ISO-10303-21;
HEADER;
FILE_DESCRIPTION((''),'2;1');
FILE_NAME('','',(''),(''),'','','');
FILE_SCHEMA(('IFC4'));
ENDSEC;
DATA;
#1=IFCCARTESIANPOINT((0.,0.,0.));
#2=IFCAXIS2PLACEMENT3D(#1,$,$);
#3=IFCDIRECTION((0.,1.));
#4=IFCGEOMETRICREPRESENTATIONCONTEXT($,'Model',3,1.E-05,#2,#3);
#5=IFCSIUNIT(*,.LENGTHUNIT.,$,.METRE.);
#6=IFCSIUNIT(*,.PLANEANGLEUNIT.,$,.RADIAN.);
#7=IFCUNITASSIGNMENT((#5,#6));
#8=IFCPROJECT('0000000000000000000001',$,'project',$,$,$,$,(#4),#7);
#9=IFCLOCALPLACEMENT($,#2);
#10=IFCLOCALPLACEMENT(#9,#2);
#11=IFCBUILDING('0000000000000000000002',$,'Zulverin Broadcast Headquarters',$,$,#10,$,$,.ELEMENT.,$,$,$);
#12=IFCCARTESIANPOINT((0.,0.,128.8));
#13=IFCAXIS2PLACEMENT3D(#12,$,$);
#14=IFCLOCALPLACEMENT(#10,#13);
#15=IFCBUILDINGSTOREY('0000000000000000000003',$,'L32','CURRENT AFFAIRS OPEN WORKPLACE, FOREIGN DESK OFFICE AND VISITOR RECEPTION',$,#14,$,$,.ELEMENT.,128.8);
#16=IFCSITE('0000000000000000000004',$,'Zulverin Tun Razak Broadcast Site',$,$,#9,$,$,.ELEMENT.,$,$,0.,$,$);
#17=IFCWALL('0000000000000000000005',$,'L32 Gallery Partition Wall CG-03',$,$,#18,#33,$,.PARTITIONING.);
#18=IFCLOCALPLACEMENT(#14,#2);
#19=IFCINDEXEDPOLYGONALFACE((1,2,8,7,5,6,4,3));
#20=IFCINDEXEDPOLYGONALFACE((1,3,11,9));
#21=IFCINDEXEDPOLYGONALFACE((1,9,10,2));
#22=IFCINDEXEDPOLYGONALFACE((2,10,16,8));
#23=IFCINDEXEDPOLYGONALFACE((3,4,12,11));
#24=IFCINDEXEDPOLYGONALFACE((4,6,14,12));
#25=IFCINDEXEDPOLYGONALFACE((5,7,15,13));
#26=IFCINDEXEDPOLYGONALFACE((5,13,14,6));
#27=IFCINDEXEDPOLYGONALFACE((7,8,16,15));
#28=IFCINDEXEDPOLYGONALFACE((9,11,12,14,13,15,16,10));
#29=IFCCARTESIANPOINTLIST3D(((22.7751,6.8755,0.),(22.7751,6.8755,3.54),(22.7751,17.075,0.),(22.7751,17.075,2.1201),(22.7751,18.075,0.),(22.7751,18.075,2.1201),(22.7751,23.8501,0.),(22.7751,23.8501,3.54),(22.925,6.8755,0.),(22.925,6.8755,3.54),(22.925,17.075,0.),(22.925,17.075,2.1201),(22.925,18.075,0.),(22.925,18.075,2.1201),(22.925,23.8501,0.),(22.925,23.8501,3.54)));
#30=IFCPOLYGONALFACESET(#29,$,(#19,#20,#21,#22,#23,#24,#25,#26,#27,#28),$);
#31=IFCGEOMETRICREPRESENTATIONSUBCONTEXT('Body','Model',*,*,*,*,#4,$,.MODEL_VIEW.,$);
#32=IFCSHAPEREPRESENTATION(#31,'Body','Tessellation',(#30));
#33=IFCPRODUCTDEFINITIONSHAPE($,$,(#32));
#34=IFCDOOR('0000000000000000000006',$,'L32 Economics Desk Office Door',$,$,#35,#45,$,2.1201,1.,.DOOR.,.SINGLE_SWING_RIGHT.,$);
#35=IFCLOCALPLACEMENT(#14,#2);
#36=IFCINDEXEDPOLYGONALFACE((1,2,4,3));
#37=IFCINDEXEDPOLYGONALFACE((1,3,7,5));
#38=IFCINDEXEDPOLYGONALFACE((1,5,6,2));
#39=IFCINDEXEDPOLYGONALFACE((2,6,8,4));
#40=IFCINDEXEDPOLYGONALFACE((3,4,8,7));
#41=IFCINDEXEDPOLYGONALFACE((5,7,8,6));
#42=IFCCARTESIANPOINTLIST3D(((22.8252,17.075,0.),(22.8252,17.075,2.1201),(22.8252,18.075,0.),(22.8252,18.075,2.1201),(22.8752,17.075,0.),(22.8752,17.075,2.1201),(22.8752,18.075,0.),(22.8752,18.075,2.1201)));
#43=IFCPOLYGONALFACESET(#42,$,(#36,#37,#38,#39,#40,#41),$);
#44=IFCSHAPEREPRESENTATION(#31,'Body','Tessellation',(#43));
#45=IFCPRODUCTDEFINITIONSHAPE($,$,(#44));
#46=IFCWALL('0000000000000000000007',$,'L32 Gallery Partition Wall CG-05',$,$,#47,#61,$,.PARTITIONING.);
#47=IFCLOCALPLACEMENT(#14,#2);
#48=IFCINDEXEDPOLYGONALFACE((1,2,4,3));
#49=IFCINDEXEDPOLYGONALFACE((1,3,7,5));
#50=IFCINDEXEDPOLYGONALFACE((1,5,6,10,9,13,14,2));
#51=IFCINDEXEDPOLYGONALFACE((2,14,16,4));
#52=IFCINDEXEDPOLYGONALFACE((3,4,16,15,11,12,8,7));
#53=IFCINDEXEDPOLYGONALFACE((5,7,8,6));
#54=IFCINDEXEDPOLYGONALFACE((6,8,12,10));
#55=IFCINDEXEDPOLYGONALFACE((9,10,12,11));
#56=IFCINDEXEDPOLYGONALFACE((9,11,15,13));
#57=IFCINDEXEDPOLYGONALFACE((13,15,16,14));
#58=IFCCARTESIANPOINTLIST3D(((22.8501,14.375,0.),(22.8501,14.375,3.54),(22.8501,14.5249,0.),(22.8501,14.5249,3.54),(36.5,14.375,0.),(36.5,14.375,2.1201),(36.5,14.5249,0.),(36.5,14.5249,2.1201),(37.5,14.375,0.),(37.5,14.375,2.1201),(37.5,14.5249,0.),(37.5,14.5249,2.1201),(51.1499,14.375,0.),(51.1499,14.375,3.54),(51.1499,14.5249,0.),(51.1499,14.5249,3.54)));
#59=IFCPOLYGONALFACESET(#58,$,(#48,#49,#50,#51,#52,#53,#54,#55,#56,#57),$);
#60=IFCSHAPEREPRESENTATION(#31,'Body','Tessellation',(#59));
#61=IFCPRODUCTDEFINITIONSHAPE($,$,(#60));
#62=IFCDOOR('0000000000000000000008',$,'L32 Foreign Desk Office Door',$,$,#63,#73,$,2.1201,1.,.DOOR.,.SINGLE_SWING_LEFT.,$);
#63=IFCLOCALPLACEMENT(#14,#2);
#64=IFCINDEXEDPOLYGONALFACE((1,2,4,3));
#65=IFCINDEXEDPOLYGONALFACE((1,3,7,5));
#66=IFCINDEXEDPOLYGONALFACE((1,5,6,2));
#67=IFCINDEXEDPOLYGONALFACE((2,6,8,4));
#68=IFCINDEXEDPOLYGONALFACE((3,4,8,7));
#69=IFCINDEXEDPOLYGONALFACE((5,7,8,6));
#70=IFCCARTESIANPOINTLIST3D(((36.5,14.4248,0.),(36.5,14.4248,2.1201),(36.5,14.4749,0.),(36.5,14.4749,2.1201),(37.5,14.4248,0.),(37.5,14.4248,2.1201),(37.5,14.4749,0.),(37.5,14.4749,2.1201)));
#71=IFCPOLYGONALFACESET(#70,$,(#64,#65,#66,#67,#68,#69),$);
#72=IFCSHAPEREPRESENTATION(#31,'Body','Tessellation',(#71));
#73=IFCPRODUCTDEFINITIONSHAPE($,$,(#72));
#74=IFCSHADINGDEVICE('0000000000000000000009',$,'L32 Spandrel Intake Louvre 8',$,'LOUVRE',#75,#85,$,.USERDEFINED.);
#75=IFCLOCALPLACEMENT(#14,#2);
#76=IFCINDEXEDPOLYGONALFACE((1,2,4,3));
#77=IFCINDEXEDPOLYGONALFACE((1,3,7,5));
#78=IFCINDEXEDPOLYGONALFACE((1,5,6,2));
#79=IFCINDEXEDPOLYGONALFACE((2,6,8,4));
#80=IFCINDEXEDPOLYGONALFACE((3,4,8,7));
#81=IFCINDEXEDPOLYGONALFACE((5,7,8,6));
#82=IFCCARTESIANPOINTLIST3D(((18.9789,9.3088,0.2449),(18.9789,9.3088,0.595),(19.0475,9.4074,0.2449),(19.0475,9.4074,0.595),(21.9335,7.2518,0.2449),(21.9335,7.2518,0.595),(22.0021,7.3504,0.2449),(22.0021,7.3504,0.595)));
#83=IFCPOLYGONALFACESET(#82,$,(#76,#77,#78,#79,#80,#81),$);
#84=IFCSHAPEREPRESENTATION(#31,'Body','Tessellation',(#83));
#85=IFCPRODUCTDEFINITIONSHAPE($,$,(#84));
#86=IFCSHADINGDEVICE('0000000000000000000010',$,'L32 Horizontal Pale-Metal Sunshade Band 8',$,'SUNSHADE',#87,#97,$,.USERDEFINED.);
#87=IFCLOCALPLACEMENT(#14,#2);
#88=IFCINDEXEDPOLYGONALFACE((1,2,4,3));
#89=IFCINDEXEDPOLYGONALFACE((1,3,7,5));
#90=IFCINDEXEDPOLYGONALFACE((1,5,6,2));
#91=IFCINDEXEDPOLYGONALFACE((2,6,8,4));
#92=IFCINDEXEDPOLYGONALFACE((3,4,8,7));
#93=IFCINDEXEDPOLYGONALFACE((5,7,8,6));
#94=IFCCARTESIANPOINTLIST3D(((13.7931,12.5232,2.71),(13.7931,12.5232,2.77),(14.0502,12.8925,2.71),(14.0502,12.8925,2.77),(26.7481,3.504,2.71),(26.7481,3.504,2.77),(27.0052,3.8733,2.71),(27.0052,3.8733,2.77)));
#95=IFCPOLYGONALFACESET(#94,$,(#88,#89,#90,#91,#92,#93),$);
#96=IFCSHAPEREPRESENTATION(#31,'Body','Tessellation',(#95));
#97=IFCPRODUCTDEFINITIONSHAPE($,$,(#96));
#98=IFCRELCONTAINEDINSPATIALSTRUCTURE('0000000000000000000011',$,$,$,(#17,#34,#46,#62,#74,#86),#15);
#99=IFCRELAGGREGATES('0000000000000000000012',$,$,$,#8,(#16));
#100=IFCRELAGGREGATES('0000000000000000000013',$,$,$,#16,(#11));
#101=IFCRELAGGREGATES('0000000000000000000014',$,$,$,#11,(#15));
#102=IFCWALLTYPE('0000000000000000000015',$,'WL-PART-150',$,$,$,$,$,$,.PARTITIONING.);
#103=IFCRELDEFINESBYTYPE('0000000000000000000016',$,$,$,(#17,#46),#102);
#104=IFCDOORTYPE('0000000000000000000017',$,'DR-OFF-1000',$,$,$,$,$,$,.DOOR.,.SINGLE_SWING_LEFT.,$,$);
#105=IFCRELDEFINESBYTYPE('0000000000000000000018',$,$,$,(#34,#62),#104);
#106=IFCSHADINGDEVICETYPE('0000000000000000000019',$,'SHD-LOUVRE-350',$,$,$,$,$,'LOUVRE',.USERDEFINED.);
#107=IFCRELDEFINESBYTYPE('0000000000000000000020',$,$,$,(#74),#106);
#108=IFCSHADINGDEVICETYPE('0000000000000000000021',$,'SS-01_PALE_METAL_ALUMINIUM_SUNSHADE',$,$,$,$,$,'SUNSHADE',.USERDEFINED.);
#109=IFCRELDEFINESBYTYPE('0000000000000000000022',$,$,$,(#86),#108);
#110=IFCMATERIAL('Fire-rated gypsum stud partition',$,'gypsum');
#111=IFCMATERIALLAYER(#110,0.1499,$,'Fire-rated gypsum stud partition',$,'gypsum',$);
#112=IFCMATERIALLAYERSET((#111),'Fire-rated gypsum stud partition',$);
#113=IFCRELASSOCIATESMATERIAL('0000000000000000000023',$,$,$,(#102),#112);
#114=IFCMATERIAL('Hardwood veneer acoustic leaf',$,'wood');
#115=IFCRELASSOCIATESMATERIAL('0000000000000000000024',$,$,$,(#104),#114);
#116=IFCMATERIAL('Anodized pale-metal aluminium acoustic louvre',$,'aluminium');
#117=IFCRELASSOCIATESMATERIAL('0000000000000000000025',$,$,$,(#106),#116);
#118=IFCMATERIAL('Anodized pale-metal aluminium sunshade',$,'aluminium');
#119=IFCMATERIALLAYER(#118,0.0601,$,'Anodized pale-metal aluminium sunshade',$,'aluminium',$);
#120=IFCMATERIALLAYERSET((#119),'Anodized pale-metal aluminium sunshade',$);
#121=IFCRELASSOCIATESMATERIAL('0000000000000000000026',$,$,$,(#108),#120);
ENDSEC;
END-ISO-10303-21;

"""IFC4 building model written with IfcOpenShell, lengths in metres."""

from ifc_helpers import new_model, si_unit, direction, frame, frame_2d, origin, origin_2d, place, context, subcontext, project, spatial, rectangle, extrude, material, layer, layer_set, type_object, element, fill, save


model = new_model("IFC4")

# Units and contexts
model_context = context("Model", 3, precision=1e-05, world=origin(), true_north=direction((0.0, 1.0)))
body_context = subcontext(model_context, "Body", "Model", "MODEL_VIEW")
ifc_project = project(units=[si_unit("LENGTHUNIT", "METRE"), si_unit("PLANEANGLEUNIT", "RADIAN")], contexts=[model_context])

# Site, building, storey
site_placement = place(None, origin())
site = spatial("IfcSite", under=ifc_project, at=site_placement, Name="Zulverin Tun Razak Broadcast Site", CompositionType="ELEMENT", RefElevation=0.0)
building_placement = place(site_placement, origin())
building = spatial("IfcBuilding", under=site, at=building_placement, Name="Zulverin Broadcast Headquarters", CompositionType="ELEMENT")
storey_placement = place(building_placement, frame((0.0, 0.0, 128.8)))
storey = spatial("IfcBuildingStorey", under=building, at=storey_placement, Name="L32", Description="CURRENT AFFAIRS OPEN WORKPLACE, FOREIGN DESK OFFICE AND VISITOR RECEPTION", CompositionType="ELEMENT", Elevation=128.8)

# Walls, openings, doors
ifc_material_1 = material(Name="Fire-rated gypsum stud partition", Category="gypsum")
ifc_layer_1 = layer(ifc_material_1, 0.1499, Name="Fire-rated gypsum stud partition", Category="gypsum")
ifc_layer_set_1 = layer_set([ifc_layer_1], Name="Fire-rated gypsum stud partition")
wall_type_1 = type_object("IfcWallType", Name="WL-PART-150", PredefinedType="PARTITIONING", material=ifc_layer_set_1)
wall_1_placement = place(storey_placement, frame((22.8501, 6.8755, 0.0), z_axis=(0.0, 0.0, 1.0), x_axis=(0.0, 1.0, 0.0)))
wall_1 = element("IfcWall", 1, at=wall_1_placement, inside=storey, type_object=wall_type_1, Name="L32 Gallery Partition Wall CG-03", PredefinedType="PARTITIONING", context=body_context, shape_type="SweptSolid", body=[
    extrude(rectangle(XDim=16.9746, YDim=0.1499, at=frame_2d((8.4873, 0.0))), origin(), (0.0, 0.0, 1.0), 3.54),
])
opening_1_placement = place(wall_1_placement, frame((10.1995, 0.0, 0.0)))
opening_1 = element("IfcOpeningElement", 2, at=opening_1_placement, cuts=wall_1, PredefinedType="OPENING", context=body_context, shape_type="SweptSolid", body=[
    extrude(rectangle(XDim=1.0, YDim=2.1201, at=frame_2d((0.5, 1.0601))), frame((0.0, 0.085, 0.0), z_axis=(0.0, -1.0, 0.0), x_axis=(1.0, 0.0, 0.0)), (0.0, 0.0, 1.0), 0.1699),
])
ifc_material_2 = material(Name="Hardwood veneer acoustic leaf", Category="wood")
door_type = type_object("IfcDoorType", Name="DR-OFF-1000", OperationType="SINGLE_SWING_LEFT", PredefinedType="DOOR", material=ifc_material_2)
door_1_placement = place(opening_1_placement, origin())
door_1 = element("IfcDoor", 3, at=door_1_placement, inside=storey, type_object=door_type, Name="L32 Economics Desk Office Door", OperationType="SINGLE_SWING_RIGHT", OverallHeight=2.1201, OverallWidth=1.0, PredefinedType="DOOR", context=body_context, shape_type="SweptSolid", body=[
    extrude(rectangle(XDim=1.0, YDim=2.1201, at=frame_2d((0.5, 1.0601))), frame((0.0, 0.0249, 0.0), z_axis=(0.0, -1.0, 0.0), x_axis=(1.0, 0.0, 0.0)), (0.0, 0.0, 1.0), 0.05),
])
fill(opening_1, door_1)
wall_2_placement = place(storey_placement, frame((22.8501, 14.45, 0.0), z_axis=(0.0, 0.0, 1.0), x_axis=(1.0, 0.0, 0.0)))
wall_2 = element("IfcWall", 4, at=wall_2_placement, inside=storey, type_object=wall_type_1, Name="L32 Gallery Partition Wall CG-05", PredefinedType="PARTITIONING", context=body_context, shape_type="SweptSolid", body=[
    extrude(rectangle(XDim=28.2998, YDim=0.1499, at=frame_2d((14.1499, 0.0))), origin(), (0.0, 0.0, 1.0), 3.54),
])
opening_2_placement = place(wall_2_placement, frame((13.6499, 0.0, 0.0)))
opening_2 = element("IfcOpeningElement", 5, at=opening_2_placement, cuts=wall_2, PredefinedType="OPENING", context=body_context, shape_type="SweptSolid", body=[
    extrude(rectangle(XDim=1.0, YDim=2.1201, at=frame_2d((0.5, 1.0601))), frame((0.0, 0.085, 0.0), z_axis=(0.0, -1.0, 0.0), x_axis=(1.0, 0.0, 0.0)), (0.0, 0.0, 1.0), 0.1699),
])
door_2_placement = place(opening_2_placement, origin())
door_2 = element("IfcDoor", 6, at=door_2_placement, inside=storey, type_object=door_type, Name="L32 Foreign Desk Office Door", OperationType="SINGLE_SWING_LEFT", OverallHeight=2.1201, OverallWidth=1.0, PredefinedType="DOOR", context=body_context, shape_type="SweptSolid", body=[
    extrude(rectangle(XDim=1.0, YDim=2.1201, at=frame_2d((0.5, 1.0601))), frame((0.0, 0.0249, 0.0), z_axis=(0.0, -1.0, 0.0), x_axis=(1.0, 0.0, 0.0)), (0.0, 0.0, 1.0), 0.05),
])
fill(opening_2, door_2)

# Shading devices
ifc_material_3 = material(Name="Anodized pale-metal aluminium acoustic louvre", Category="aluminium")
shading_device_type_1 = type_object("IfcShadingDeviceType", Name="SHD-LOUVRE-350", ElementType="LOUVRE", PredefinedType="USERDEFINED", material=ifc_material_3)
shading_device_1_placement = place(storey_placement, frame((20.4905, 8.3296, 0.2449), z_axis=(0.0, 0.0, 1.0), x_axis=(0.820696, -0.571365, 0.0)))
element("IfcShadingDevice", 7, at=shading_device_1_placement, inside=storey, type_object=shading_device_type_1, Name="L32 Spandrel Intake Louvre 8", ObjectType="LOUVRE", PredefinedType="USERDEFINED", context=body_context, shape_type="SweptSolid", body=[
    extrude(rectangle(XDim=3.6001, YDim=0.1201, at=origin_2d()), origin(), (0.0, 0.0, 1.0), 0.3501),
])
ifc_material_4 = material(Name="Anodized pale-metal aluminium sunshade", Category="aluminium")
ifc_layer_2 = layer(ifc_material_4, 0.0601, Name="Anodized pale-metal aluminium sunshade", Category="aluminium")
ifc_layer_set_2 = layer_set([ifc_layer_2], Name="Anodized pale-metal aluminium sunshade")
shading_device_type_2 = type_object("IfcShadingDeviceType", Name="SS-01_PALE_METAL_ALUMINIUM_SUNSHADE", ElementType="SUNSHADE", PredefinedType="USERDEFINED", material=ifc_layer_set_2)
shading_device_2_placement = place(storey_placement, frame((20.3992, 8.1982, 2.71), z_axis=(0.0, 0.0, 1.0), x_axis=(0.820696, -0.571365, 0.0)))
element("IfcShadingDevice", 8, at=shading_device_2_placement, inside=storey, type_object=shading_device_type_2, Name="L32 Horizontal Pale-Metal Sunshade Band 8", ObjectType="SUNSHADE", PredefinedType="USERDEFINED", context=body_context, shape_type="SweptSolid", body=[
    extrude(rectangle(XDim=15.7854, YDim=0.45, at=origin_2d()), origin(), (0.0, 0.0, 1.0), 0.0601),
])

save(model, "model.ifc")
